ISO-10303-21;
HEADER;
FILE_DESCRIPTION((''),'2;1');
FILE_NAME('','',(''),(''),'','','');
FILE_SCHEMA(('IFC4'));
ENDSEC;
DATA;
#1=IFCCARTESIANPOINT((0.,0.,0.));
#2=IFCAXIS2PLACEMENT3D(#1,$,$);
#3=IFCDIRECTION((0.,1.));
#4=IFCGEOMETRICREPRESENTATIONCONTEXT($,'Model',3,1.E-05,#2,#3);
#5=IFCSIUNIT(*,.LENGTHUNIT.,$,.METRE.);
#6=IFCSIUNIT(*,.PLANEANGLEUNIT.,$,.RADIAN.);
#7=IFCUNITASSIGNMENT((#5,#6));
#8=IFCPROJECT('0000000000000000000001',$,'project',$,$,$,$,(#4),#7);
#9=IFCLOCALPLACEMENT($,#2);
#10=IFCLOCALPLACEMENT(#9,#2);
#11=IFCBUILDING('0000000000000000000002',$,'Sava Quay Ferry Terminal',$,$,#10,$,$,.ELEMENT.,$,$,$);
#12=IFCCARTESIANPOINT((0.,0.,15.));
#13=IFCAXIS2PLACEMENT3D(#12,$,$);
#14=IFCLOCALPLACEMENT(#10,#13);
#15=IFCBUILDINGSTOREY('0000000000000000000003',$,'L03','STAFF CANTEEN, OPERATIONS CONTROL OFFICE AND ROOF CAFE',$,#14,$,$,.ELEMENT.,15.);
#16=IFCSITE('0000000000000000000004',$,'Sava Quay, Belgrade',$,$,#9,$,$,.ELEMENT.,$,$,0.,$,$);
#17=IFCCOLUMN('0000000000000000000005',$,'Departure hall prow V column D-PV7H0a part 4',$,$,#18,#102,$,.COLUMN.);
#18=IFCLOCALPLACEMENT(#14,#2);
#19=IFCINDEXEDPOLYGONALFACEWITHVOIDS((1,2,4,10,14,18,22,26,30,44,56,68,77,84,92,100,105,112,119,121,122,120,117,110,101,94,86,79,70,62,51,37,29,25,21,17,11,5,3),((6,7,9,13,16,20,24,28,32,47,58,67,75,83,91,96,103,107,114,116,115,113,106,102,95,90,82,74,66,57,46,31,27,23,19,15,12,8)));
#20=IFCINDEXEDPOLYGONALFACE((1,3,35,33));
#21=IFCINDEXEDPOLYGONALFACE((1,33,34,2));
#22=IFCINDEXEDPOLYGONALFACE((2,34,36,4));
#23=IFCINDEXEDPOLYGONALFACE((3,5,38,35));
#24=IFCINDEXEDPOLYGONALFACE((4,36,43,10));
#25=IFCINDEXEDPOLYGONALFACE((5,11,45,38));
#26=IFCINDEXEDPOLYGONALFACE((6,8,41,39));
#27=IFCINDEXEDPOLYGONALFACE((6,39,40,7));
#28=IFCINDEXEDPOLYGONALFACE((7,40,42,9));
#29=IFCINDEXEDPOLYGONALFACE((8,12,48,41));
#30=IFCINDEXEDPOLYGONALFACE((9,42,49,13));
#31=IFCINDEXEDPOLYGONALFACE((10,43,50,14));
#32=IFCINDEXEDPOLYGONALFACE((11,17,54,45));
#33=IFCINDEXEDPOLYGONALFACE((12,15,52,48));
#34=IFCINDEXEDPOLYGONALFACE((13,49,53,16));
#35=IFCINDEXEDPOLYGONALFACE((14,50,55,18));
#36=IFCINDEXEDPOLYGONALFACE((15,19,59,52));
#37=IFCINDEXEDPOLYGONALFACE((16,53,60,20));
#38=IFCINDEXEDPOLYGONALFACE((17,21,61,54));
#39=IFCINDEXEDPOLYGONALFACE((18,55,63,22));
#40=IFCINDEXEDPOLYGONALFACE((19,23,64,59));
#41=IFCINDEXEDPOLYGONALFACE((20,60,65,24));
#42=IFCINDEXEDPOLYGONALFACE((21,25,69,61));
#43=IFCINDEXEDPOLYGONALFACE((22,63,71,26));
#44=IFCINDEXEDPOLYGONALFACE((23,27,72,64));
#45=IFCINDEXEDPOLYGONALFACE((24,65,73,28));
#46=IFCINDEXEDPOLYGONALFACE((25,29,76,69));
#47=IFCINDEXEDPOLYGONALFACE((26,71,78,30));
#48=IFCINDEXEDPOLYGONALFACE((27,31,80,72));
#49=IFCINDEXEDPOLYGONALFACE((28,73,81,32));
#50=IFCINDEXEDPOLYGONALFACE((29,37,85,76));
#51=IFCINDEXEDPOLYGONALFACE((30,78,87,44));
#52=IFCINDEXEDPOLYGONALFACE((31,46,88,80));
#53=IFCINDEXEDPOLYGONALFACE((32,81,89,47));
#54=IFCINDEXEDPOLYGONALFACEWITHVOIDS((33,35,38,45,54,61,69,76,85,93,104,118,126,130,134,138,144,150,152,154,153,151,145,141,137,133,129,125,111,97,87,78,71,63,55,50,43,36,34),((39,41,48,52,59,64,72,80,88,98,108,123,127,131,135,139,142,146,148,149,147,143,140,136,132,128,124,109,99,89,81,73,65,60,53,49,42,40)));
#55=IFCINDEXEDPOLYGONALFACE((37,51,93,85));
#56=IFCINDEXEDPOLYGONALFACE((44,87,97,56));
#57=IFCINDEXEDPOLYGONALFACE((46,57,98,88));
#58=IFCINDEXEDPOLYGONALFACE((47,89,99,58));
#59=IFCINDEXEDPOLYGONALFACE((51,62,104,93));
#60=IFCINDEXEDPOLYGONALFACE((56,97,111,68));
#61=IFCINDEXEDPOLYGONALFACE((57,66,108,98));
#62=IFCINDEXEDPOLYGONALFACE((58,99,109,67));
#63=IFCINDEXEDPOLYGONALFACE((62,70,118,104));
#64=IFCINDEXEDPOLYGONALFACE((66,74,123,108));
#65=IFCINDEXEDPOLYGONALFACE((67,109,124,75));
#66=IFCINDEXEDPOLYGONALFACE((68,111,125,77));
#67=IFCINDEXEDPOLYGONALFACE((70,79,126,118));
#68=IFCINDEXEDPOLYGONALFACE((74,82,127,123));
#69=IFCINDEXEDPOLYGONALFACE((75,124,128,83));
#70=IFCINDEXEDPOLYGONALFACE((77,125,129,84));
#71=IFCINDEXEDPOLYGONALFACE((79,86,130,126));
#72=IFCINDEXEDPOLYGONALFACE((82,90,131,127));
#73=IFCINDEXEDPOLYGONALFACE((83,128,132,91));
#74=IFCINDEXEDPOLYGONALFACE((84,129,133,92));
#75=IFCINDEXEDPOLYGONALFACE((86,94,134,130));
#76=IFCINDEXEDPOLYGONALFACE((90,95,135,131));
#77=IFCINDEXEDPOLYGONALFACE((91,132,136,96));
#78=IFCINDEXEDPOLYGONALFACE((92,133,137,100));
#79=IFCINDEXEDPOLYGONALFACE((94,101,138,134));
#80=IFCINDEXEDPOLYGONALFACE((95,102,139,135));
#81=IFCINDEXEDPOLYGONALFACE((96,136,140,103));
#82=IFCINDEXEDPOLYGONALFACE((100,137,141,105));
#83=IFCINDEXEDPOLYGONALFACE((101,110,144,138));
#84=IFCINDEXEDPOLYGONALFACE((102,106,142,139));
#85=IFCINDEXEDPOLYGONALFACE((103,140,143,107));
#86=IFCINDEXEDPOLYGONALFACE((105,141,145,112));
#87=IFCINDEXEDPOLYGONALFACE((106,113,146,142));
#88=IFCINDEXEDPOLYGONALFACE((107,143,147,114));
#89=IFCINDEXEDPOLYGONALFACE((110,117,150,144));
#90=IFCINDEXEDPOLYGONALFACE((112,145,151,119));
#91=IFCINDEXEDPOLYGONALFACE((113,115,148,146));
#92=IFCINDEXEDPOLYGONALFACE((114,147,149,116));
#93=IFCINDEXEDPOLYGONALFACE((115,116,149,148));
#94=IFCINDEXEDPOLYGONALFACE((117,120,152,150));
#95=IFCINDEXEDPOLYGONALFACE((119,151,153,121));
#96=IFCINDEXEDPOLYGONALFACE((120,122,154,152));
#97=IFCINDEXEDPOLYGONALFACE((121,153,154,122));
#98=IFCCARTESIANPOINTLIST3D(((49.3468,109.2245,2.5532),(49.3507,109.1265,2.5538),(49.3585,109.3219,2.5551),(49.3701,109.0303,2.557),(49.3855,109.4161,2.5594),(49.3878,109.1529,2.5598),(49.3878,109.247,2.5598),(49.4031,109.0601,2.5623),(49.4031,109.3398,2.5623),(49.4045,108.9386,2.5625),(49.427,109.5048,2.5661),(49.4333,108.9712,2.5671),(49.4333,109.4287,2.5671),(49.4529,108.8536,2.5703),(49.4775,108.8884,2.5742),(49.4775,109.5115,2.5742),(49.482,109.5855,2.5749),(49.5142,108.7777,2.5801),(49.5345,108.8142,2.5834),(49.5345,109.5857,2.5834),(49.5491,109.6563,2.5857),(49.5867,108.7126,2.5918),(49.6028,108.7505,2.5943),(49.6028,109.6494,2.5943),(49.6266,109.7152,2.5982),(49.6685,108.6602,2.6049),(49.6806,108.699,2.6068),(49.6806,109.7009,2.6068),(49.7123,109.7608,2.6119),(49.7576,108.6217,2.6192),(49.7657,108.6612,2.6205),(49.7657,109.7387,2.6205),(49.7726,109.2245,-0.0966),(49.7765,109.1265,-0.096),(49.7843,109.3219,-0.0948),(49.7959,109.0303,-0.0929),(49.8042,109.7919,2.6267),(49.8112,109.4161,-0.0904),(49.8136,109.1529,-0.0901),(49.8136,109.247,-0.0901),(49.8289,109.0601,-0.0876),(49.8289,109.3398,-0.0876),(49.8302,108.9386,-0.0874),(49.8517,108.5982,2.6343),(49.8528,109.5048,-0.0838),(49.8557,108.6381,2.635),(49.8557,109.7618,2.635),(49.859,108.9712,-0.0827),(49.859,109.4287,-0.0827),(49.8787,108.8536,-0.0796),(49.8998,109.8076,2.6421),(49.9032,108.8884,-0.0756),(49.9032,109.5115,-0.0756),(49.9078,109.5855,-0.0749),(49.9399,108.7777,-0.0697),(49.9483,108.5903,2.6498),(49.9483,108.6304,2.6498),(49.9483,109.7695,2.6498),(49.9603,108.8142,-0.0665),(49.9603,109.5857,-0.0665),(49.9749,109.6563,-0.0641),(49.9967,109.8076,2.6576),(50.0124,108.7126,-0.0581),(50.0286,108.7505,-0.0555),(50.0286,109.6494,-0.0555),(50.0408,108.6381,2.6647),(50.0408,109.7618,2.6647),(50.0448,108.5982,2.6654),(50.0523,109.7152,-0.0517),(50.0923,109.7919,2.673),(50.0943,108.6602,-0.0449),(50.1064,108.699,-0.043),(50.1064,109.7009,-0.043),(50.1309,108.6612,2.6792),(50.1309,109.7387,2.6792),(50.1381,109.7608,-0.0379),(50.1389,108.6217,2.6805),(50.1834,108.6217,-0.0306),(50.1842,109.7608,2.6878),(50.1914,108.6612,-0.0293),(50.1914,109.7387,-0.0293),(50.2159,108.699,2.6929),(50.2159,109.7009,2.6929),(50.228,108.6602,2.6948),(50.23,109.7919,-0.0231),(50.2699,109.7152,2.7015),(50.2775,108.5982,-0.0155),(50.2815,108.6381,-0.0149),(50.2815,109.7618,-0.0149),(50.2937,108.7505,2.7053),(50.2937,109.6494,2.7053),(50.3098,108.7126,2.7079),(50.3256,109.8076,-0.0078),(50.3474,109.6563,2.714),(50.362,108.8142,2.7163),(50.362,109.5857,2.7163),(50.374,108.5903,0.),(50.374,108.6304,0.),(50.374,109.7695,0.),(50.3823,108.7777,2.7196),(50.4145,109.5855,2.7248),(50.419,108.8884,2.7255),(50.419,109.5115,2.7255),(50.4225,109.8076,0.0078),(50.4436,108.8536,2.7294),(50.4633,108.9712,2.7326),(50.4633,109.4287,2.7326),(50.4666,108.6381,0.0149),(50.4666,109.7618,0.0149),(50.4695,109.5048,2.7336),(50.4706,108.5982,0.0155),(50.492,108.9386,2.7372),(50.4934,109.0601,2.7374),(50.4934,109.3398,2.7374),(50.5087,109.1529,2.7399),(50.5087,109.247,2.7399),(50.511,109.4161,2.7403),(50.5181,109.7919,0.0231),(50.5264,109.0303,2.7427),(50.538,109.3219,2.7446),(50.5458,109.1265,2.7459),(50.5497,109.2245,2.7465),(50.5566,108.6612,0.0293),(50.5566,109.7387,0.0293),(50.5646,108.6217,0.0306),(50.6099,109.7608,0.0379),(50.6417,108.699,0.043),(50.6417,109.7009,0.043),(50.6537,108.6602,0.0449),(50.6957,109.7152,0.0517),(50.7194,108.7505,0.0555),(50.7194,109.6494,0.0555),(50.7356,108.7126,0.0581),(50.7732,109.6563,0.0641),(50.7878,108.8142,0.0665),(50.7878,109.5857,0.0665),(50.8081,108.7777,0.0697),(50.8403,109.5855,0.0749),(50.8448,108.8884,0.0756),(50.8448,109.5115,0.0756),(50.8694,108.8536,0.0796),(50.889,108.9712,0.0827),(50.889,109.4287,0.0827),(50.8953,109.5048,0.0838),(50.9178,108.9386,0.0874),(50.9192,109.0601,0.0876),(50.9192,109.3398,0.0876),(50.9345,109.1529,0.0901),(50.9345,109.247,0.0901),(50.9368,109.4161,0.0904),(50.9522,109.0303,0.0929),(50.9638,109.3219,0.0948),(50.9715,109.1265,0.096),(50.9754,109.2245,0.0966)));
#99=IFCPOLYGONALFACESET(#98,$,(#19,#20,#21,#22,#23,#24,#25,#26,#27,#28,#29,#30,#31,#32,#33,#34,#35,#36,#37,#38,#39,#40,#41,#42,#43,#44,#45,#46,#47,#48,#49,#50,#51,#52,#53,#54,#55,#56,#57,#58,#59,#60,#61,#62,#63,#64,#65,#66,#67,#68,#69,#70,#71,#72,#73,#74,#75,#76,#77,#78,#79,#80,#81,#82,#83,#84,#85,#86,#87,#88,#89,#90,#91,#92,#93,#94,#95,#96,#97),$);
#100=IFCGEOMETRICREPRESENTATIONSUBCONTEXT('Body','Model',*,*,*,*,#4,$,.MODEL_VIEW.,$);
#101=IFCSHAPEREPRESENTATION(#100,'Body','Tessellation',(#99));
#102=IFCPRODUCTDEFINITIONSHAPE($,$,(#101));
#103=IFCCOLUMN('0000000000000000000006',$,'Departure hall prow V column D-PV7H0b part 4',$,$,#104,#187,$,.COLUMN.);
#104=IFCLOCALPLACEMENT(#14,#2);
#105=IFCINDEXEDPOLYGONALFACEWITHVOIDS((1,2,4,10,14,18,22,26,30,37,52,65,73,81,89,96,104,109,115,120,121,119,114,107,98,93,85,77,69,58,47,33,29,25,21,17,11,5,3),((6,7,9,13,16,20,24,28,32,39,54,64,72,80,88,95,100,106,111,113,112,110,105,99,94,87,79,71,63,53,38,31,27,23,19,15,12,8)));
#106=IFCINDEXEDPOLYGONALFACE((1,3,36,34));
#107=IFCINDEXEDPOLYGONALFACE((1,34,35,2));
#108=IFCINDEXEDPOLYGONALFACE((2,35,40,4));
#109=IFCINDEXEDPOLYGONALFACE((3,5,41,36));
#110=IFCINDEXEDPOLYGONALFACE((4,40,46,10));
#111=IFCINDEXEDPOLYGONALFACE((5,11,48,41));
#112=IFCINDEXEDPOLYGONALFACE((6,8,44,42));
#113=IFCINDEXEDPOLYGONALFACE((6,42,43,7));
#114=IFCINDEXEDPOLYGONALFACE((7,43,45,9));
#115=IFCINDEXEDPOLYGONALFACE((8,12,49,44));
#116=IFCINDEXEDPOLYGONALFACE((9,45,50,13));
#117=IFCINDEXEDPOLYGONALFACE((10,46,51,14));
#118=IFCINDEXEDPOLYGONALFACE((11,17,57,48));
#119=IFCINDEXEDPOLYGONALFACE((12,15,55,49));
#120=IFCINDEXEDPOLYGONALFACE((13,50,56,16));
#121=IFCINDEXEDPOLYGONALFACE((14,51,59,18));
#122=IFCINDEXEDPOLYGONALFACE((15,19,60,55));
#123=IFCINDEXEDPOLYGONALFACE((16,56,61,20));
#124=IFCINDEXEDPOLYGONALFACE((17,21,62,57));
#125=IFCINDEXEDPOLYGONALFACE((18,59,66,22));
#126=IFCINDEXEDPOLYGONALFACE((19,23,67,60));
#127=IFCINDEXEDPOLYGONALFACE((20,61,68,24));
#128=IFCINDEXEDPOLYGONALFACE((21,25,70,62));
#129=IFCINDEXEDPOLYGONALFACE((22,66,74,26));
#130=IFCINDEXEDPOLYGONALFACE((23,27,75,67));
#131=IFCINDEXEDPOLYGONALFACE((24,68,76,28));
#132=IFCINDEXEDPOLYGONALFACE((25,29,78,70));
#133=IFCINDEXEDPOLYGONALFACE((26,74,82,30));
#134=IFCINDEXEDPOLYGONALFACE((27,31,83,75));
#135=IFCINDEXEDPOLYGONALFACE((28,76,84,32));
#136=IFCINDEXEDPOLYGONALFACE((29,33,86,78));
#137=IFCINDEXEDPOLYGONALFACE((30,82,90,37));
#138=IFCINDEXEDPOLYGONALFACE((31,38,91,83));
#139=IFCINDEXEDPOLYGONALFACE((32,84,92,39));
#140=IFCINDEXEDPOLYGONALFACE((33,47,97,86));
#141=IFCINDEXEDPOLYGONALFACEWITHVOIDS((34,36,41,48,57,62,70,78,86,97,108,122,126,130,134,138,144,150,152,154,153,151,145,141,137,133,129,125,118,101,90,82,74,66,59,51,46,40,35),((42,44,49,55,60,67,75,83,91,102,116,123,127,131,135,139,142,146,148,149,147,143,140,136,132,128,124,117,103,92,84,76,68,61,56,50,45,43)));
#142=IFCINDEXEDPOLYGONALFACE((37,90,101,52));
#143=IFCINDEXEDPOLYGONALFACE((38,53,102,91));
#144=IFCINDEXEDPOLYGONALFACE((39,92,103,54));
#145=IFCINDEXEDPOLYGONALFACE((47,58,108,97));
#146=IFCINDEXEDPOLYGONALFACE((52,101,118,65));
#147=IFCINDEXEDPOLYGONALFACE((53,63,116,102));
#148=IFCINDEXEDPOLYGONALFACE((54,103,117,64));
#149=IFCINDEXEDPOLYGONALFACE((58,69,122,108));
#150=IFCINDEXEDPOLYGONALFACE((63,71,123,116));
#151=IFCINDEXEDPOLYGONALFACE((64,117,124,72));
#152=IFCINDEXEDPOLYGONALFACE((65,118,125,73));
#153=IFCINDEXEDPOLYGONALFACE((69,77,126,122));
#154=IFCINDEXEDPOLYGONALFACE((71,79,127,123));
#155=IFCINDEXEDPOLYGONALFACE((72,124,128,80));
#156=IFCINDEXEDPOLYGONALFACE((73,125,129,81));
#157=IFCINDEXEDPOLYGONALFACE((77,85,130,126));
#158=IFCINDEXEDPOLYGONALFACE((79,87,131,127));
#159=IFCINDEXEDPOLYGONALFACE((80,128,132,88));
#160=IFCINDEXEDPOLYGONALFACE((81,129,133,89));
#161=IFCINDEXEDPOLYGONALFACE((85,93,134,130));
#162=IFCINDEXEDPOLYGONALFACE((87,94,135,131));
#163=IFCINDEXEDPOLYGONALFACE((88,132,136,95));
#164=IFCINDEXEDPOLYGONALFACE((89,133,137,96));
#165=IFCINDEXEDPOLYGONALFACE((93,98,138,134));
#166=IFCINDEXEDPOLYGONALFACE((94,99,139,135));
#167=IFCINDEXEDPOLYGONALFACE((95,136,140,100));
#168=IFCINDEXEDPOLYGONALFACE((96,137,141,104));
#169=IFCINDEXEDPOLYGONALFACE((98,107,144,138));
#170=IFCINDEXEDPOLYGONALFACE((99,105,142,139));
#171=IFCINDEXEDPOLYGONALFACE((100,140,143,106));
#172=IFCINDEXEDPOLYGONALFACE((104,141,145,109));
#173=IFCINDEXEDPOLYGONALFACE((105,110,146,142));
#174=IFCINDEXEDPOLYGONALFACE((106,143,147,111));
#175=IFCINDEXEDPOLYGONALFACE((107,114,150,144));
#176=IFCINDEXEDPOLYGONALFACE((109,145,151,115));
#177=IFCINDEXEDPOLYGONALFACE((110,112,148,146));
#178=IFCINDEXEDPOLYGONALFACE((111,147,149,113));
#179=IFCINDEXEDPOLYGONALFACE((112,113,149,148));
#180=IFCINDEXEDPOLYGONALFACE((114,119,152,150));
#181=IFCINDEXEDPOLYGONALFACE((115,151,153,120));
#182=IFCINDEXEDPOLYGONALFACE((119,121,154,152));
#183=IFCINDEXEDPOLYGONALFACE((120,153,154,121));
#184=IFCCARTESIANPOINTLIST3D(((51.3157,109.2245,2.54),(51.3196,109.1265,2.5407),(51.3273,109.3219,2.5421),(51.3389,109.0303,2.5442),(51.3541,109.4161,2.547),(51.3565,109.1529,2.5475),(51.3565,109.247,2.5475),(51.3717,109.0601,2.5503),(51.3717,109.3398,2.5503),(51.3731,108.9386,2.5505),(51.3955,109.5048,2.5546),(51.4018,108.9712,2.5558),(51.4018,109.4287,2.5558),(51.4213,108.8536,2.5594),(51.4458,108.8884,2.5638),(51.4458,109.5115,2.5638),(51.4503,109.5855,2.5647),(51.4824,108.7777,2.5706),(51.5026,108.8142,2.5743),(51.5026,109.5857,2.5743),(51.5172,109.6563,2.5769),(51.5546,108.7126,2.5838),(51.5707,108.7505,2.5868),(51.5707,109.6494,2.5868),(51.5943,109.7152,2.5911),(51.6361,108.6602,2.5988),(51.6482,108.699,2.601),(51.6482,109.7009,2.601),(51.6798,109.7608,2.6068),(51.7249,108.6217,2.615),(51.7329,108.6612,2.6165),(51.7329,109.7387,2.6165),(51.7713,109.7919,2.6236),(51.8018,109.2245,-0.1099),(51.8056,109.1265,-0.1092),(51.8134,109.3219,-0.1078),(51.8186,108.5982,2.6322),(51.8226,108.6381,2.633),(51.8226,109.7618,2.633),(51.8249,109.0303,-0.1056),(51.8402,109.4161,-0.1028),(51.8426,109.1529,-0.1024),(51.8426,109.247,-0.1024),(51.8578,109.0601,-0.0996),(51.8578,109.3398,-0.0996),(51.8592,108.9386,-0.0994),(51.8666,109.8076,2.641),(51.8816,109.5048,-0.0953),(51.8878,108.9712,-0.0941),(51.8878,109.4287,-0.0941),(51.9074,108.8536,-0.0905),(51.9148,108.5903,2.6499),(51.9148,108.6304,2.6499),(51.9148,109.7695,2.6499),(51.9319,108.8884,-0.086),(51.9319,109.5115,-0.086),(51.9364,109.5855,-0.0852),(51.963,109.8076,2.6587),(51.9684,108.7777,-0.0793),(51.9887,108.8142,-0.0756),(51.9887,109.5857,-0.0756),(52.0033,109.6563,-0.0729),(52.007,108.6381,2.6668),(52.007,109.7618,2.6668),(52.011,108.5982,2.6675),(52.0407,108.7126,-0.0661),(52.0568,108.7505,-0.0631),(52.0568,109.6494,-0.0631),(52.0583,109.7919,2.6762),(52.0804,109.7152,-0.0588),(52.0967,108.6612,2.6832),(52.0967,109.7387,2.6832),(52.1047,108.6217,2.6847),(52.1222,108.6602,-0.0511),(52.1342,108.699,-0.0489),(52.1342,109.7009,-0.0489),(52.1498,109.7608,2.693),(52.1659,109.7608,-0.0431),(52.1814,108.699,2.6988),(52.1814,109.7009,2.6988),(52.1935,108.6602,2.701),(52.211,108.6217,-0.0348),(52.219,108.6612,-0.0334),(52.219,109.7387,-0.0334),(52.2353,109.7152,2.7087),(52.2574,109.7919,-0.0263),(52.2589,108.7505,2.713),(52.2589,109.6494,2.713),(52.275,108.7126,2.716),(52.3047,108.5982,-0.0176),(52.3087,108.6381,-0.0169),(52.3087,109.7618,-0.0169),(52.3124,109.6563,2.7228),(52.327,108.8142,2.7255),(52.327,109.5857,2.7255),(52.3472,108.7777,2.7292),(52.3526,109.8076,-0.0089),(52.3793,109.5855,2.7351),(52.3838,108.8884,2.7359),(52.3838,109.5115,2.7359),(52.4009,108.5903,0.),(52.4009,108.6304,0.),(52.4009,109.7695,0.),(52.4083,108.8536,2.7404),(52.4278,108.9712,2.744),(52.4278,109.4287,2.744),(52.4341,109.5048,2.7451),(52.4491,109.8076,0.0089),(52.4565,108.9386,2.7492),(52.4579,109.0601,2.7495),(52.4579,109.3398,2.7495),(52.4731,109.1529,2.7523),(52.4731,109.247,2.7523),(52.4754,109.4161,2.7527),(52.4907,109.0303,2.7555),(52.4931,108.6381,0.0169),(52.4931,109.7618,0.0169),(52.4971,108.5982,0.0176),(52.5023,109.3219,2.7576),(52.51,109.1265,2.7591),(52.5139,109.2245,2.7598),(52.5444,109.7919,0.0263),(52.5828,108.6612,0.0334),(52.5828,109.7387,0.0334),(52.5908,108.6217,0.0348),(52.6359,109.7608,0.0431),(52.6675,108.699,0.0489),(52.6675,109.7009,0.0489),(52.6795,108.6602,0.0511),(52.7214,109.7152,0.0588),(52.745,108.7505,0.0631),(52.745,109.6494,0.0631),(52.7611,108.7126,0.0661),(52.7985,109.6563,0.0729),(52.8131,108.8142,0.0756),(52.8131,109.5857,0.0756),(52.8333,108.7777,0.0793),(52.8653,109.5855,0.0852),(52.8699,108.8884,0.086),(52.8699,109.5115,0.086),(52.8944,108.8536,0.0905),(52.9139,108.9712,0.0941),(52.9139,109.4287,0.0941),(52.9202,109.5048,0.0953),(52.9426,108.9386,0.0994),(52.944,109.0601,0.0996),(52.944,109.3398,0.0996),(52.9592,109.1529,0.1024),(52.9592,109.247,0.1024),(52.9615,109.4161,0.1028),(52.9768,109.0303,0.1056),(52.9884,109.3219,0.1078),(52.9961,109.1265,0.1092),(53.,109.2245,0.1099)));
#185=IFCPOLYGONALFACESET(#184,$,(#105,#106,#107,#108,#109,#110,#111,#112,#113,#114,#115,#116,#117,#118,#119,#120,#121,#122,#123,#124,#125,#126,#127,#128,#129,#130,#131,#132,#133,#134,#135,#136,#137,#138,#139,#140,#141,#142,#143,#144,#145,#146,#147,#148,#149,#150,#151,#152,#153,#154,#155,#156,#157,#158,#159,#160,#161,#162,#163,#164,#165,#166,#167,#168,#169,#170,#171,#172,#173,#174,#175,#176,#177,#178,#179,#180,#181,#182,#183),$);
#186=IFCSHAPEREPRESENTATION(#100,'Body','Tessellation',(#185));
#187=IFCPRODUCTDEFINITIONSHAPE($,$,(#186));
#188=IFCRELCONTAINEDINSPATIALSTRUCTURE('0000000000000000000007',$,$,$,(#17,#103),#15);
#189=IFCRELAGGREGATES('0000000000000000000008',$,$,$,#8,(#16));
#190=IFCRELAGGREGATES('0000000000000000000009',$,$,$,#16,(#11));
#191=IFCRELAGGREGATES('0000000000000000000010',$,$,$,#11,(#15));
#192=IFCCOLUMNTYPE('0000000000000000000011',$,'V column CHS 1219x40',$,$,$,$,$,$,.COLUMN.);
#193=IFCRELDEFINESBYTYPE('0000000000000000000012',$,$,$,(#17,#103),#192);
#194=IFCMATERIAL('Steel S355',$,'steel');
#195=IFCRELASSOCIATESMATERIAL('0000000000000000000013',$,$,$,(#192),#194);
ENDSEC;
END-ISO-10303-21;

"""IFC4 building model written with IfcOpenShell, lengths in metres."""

from ifc_helpers import new_model, si_unit, direction, frame, origin, origin_2d, place, context, subcontext, project, spatial, hollow_circle, extrude, material, material_profile, profile_set, type_object, element, save


model = new_model("IFC4")

# Units and contexts
model_context = context("Model", 3, precision=1e-05, world=origin(), true_north=direction((0.0, 1.0)))
body_context = subcontext(model_context, "Body", "Model", "MODEL_VIEW")
ifc_project = project(units=[si_unit("LENGTHUNIT", "METRE"), si_unit("PLANEANGLEUNIT", "RADIAN")], contexts=[model_context])

# Site, building, storey
site_placement = place(None, origin())
site = spatial("IfcSite", under=ifc_project, at=site_placement, Name="Sava Quay, Belgrade", CompositionType="ELEMENT", RefElevation=0.0)
building_placement = place(site_placement, origin())
building = spatial("IfcBuilding", under=site, at=building_placement, Name="Sava Quay Ferry Terminal", CompositionType="ELEMENT")
storey_placement = place(building_placement, frame((0.0, 0.0, 15.0)))
storey = spatial("IfcBuildingStorey", under=building, at=storey_placement, Name="L03", Description="STAFF CANTEEN, OPERATIONS CONTROL OFFICE AND ROOF CAFE", CompositionType="ELEMENT", Elevation=15.0)

# Columns
ifc_material_1 = material(Name="Steel S355", Category="steel")
ifc_material_profile_1 = material_profile(ifc_material_1, hollow_circle(Radius=0.6096, WallThickness=0.04, at=origin_2d()), Name="CHS 1219 x 40.0")
ifc_profile_set_1 = profile_set([ifc_material_profile_1], Name="Steel S355")
column_type_1 = type_object("IfcColumnType", Name="V column CHS 1219x40", PredefinedType="COLUMN", material=ifc_profile_set_1)
column_1_placement = place(storey_placement, frame((50.374, 109.2, 0.0), z_axis=(-0.158643, 0.0, 0.987336), x_axis=(0.0, -1.0, 0.0)))
element("IfcColumn", 1, at=column_1_placement, inside=storey, type_object=column_type_1, Name="Departure hall prow V column D-PV7H0a part 4", PredefinedType="COLUMN", context=body_context, shape_type="SweptSolid", body=[
    extrude(hollow_circle(Radius=0.6096, WallThickness=0.04, at=origin_2d()), origin(), (0.0, 0.0, 1.0), 2.6838),
])
column_2_placement = place(storey_placement, frame((52.4009, 109.2, 0.0), z_axis=(-0.180424, 0.0, 0.983589), x_axis=(0.0, -1.0, 0.0)))
element("IfcColumn", 2, at=column_2_placement, inside=storey, type_object=column_type_1, Name="Departure hall prow V column D-PV7H0b part 4", PredefinedType="COLUMN", context=body_context, shape_type="SweptSolid", body=[
    extrude(hollow_circle(Radius=0.6096, WallThickness=0.04, at=origin_2d()), origin(), (0.0, 0.0, 1.0), 2.6941),
])

save(model, "model.ifc")
